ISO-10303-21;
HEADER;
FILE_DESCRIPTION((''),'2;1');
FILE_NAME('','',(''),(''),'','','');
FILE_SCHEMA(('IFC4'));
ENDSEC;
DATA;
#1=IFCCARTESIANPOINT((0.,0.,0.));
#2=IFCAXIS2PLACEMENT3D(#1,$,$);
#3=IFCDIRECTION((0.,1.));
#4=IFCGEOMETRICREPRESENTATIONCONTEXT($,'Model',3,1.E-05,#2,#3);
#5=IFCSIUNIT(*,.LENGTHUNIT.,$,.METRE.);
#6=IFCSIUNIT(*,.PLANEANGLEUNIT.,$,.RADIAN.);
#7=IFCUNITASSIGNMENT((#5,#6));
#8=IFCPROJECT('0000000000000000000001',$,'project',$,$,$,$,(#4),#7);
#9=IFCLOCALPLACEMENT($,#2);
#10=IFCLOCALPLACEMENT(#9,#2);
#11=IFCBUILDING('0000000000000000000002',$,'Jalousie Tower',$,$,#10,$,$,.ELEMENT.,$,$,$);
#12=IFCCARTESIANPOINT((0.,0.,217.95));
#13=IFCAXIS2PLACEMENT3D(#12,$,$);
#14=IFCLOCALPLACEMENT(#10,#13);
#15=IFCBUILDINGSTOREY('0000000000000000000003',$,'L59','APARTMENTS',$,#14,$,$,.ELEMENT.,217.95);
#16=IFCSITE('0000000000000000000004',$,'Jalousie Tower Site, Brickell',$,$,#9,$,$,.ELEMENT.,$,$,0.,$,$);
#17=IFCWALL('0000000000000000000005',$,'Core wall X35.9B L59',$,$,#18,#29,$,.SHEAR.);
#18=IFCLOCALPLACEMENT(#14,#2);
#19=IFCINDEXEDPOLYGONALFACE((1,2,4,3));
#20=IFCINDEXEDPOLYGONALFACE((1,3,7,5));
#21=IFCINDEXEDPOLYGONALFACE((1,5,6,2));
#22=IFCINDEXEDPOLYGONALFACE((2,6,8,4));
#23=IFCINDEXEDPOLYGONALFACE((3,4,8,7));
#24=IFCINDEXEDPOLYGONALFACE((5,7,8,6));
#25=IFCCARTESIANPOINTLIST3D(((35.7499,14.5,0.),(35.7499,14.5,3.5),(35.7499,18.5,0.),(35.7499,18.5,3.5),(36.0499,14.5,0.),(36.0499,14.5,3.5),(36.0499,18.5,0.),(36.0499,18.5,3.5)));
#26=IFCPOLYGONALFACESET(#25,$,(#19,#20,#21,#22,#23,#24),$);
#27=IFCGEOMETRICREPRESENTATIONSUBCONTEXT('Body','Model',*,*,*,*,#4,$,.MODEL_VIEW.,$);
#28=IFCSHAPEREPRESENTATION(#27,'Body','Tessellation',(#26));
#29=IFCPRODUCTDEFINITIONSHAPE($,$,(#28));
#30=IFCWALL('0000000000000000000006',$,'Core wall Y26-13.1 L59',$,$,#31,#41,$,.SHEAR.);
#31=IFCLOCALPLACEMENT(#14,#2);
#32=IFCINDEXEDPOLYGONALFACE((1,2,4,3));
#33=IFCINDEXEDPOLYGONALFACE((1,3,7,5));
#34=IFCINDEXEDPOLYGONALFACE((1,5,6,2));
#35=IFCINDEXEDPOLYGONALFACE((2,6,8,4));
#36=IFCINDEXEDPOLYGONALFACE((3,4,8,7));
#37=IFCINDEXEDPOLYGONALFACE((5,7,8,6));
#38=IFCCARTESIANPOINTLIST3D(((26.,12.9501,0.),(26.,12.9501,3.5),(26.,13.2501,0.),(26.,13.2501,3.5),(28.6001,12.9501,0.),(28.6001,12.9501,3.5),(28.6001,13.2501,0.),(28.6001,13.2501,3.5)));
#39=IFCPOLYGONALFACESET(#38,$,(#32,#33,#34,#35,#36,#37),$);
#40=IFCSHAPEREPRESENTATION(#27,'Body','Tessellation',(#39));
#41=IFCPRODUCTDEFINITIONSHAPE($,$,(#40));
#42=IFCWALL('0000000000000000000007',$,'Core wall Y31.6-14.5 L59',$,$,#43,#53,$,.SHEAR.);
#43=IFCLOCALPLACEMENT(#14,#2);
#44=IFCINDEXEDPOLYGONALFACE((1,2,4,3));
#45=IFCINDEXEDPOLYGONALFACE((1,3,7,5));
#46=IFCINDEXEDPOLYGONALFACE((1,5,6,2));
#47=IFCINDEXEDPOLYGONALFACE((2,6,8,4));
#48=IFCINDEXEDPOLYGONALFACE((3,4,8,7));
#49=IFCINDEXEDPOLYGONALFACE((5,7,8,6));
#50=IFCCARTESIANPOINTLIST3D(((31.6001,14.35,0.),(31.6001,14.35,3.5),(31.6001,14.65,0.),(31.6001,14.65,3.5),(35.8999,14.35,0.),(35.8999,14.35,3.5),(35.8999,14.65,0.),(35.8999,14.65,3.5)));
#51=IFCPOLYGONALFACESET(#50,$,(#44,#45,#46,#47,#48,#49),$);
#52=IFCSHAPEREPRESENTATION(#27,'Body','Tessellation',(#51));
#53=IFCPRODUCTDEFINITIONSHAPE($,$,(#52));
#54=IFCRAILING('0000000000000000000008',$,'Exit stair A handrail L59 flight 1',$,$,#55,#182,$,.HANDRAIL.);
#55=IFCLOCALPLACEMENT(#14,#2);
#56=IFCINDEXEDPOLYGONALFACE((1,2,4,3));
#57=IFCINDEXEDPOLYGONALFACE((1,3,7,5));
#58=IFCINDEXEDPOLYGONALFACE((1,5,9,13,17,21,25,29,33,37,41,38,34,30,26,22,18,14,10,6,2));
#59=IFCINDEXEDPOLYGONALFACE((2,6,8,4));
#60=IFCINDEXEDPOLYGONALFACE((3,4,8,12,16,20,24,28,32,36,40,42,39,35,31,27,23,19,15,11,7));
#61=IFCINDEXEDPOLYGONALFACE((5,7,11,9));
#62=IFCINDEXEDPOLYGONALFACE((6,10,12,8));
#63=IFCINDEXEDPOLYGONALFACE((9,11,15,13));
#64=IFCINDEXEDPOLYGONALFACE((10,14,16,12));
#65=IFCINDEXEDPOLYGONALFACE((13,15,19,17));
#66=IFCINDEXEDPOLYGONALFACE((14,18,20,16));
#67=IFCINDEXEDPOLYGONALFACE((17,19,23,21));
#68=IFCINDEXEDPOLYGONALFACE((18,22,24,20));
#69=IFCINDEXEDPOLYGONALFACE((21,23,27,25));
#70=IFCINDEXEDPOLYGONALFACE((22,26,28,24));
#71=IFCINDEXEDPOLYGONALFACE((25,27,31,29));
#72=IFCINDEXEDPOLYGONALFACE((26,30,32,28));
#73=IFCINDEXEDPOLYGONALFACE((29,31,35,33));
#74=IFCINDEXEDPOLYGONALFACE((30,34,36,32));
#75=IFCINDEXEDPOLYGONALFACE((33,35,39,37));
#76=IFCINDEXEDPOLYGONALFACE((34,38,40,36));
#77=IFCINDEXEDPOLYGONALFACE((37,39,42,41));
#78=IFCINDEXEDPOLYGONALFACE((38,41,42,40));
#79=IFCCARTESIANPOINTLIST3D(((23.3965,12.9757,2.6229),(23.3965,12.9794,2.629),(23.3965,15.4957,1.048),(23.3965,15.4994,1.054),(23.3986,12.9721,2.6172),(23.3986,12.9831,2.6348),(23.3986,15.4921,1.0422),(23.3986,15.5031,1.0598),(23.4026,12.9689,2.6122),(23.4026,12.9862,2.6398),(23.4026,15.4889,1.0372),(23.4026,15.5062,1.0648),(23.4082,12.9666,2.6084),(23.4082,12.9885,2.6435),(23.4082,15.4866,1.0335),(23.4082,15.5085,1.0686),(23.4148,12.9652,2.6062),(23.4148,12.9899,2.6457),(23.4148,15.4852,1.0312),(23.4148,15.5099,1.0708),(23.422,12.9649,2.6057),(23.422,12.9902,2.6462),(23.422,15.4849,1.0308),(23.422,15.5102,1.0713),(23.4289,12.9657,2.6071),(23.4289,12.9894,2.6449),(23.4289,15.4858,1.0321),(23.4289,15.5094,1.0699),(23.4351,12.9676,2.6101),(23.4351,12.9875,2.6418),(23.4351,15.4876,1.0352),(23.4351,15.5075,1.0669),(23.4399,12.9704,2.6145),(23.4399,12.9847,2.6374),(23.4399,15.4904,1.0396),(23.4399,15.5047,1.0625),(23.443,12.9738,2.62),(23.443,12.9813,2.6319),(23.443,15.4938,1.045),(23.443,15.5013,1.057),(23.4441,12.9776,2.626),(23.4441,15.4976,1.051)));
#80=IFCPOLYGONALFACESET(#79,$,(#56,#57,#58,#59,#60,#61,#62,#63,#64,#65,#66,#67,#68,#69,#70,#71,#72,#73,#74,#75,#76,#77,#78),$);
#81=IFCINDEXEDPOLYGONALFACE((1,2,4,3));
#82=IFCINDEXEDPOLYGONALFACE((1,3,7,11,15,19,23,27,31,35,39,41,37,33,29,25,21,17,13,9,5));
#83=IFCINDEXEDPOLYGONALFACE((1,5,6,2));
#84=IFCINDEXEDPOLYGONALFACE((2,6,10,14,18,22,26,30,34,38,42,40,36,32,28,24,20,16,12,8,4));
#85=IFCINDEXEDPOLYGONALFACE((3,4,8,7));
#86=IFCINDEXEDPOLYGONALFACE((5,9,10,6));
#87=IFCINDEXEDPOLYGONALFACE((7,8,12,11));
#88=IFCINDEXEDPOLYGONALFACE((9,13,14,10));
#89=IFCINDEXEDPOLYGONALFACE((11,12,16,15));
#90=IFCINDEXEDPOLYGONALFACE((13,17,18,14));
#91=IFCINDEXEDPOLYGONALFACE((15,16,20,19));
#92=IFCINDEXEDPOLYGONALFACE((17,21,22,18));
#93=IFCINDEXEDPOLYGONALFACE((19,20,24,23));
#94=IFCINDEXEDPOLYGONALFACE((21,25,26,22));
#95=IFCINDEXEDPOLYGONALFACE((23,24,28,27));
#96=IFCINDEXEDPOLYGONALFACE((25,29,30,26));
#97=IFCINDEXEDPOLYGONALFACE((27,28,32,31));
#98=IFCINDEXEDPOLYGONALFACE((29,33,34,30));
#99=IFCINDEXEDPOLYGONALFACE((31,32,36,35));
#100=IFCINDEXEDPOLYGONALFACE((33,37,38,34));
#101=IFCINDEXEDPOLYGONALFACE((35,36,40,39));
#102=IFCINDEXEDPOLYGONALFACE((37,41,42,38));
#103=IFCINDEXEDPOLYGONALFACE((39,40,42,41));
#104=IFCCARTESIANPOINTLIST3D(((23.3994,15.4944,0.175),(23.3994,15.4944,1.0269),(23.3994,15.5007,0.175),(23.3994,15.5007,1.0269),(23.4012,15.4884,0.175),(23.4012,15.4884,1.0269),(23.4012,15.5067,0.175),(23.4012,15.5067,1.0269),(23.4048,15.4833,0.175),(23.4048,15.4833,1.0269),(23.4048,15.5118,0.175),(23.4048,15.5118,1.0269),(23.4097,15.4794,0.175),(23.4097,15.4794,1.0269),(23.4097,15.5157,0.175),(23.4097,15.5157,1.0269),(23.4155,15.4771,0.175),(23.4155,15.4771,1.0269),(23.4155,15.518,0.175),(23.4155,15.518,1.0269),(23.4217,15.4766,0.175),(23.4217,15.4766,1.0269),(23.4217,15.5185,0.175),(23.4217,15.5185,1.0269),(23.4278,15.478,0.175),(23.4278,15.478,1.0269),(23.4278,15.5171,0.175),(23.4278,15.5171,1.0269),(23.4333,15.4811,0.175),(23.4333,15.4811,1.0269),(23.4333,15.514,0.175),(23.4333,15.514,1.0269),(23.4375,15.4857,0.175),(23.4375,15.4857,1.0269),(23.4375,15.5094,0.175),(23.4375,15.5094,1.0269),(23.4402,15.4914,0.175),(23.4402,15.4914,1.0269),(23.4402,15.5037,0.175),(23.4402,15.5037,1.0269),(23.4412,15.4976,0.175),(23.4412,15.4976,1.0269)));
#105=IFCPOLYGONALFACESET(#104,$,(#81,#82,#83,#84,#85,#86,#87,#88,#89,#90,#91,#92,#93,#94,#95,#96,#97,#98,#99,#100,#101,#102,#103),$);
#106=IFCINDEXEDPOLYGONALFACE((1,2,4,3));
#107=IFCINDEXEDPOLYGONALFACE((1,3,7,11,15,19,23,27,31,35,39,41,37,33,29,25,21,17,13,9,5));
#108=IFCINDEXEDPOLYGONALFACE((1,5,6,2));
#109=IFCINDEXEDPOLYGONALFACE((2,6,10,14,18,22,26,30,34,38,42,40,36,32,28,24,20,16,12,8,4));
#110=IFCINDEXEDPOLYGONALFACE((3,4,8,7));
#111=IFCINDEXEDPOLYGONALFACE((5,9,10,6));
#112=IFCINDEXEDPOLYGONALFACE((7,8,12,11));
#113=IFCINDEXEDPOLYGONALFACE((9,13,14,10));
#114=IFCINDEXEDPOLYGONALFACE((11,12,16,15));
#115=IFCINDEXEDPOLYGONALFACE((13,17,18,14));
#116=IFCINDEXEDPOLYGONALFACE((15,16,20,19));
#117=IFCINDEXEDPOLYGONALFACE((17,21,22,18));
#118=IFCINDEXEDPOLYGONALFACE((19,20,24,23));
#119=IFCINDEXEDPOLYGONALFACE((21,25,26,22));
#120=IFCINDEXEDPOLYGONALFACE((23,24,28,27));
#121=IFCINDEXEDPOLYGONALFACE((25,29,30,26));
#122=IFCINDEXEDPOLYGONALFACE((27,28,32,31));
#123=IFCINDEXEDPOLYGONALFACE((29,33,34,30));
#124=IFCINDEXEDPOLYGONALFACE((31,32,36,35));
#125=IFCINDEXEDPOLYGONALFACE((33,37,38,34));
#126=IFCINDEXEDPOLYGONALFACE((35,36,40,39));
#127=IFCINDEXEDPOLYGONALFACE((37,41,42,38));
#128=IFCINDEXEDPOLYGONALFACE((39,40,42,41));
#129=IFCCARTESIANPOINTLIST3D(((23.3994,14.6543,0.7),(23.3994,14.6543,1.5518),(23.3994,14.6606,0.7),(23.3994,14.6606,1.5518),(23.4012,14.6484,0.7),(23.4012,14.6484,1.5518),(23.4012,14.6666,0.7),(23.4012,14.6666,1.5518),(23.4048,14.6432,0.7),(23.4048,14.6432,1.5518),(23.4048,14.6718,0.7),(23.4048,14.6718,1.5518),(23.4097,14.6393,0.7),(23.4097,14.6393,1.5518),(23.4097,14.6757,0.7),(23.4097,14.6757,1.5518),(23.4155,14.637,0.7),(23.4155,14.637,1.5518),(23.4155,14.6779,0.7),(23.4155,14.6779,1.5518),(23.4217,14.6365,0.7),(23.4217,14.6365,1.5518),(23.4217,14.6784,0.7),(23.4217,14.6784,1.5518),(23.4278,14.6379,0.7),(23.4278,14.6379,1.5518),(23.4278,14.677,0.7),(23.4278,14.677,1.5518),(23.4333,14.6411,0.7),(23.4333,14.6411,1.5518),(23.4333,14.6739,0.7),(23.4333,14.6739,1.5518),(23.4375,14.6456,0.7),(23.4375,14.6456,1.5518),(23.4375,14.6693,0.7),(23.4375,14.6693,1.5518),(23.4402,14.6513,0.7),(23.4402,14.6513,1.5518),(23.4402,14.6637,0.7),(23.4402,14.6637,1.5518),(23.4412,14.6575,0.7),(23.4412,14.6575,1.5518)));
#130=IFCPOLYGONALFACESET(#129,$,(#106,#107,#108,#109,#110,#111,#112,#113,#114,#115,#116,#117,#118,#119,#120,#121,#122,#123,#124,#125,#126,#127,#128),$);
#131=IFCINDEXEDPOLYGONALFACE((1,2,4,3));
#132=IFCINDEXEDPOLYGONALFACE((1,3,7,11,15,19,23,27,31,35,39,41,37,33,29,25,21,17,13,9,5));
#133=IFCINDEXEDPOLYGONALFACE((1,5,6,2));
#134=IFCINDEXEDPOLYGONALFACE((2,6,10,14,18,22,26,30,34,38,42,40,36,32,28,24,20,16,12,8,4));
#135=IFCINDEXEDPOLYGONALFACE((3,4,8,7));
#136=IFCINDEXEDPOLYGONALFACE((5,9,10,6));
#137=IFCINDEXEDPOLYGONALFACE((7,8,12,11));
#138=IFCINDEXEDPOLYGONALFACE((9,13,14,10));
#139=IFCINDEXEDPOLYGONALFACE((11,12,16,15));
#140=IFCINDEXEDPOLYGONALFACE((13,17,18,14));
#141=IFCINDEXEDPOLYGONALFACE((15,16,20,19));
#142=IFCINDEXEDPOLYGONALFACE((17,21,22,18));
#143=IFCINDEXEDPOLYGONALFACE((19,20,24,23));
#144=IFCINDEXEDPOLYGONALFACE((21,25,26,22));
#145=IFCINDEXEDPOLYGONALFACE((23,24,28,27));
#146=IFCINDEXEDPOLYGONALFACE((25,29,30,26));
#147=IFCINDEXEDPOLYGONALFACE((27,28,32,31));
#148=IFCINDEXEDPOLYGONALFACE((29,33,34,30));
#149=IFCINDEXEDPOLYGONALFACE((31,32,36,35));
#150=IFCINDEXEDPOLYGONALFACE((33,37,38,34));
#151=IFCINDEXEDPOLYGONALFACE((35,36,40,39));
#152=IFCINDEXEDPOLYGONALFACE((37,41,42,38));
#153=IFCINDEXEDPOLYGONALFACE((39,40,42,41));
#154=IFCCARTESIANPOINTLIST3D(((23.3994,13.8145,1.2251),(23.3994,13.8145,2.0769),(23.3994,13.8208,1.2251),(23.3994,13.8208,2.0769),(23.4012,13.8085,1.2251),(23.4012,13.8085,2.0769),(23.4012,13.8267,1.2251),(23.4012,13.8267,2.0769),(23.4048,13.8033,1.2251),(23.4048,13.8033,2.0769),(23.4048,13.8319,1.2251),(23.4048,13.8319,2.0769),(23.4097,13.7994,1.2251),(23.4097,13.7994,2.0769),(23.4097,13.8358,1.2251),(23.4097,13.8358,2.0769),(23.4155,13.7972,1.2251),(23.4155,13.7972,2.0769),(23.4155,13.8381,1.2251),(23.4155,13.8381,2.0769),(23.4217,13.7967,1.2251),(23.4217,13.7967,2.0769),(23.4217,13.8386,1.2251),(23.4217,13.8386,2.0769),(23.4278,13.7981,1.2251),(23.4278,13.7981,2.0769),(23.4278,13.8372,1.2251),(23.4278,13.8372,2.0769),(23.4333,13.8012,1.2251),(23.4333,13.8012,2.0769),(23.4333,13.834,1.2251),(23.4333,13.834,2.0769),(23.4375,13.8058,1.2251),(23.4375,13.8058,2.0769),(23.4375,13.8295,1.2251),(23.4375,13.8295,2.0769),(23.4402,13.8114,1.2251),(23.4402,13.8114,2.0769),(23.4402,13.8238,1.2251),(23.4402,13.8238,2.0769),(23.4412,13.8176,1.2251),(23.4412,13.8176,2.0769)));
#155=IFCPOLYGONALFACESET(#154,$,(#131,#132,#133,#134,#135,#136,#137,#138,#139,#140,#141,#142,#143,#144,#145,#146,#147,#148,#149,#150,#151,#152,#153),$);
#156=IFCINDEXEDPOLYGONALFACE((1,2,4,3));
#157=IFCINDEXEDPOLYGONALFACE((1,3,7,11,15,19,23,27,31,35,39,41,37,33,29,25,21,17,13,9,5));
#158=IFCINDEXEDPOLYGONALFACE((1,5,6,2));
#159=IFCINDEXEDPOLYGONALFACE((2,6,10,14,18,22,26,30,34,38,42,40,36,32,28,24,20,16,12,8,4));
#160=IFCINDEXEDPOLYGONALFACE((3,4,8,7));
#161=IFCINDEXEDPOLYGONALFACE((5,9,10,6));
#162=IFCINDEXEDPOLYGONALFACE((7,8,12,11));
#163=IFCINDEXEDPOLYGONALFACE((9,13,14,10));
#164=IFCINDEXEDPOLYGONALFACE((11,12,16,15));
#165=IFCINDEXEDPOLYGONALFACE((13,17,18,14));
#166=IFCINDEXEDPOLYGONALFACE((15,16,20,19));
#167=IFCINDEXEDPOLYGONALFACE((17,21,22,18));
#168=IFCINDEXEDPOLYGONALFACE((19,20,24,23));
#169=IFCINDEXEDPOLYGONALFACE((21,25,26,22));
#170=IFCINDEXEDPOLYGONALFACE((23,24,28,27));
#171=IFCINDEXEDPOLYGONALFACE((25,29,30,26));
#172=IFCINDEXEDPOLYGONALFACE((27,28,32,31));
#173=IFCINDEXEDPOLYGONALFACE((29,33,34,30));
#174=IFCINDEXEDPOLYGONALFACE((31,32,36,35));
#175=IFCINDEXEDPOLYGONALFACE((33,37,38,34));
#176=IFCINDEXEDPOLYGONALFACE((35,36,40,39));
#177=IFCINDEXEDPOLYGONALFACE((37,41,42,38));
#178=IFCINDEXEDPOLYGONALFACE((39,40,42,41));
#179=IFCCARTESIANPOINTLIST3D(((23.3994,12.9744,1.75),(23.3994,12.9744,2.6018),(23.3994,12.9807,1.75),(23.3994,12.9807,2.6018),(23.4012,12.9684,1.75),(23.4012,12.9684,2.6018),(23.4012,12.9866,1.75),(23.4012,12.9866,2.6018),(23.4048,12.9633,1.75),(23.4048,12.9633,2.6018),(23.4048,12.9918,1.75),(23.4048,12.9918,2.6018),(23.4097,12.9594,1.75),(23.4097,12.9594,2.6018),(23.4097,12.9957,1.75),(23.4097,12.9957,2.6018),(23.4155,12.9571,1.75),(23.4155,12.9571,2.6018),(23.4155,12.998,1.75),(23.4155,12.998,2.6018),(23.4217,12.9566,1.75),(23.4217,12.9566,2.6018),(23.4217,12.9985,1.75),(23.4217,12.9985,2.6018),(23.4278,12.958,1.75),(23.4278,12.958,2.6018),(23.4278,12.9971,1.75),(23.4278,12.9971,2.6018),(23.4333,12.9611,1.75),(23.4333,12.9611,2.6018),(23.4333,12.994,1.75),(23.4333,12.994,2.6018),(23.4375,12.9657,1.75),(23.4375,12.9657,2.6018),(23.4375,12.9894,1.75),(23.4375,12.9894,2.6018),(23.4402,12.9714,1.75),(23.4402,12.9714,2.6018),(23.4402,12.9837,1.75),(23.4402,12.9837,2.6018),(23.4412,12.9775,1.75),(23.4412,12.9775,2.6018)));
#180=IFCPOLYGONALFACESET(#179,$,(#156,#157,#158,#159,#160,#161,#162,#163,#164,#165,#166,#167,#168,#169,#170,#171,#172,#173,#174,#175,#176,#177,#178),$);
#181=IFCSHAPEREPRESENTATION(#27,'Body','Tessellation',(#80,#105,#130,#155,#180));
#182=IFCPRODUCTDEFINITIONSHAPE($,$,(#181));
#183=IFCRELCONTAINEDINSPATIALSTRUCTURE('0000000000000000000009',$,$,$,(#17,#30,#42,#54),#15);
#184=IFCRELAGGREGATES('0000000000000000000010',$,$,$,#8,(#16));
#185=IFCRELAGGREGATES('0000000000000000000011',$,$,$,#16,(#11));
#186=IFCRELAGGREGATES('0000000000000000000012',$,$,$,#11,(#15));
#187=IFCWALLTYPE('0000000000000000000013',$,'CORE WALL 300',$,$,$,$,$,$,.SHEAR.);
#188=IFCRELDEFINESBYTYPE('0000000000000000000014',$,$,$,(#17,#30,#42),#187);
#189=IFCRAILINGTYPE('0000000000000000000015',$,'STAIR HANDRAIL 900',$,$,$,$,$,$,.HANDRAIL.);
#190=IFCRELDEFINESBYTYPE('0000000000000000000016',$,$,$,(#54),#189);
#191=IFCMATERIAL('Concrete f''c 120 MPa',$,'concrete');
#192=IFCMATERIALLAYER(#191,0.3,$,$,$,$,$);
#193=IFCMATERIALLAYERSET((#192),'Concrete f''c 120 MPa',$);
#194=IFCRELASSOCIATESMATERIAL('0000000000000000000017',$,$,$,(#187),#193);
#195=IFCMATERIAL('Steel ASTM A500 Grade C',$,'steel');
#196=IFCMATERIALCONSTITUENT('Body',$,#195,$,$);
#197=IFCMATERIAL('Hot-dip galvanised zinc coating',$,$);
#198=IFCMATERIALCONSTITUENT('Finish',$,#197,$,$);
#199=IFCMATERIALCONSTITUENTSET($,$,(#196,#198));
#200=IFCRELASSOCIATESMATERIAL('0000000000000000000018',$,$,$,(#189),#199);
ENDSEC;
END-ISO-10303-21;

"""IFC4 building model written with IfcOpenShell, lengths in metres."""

from ifc_helpers import new_model, si_unit, direction, frame, frame_2d, origin, origin_2d, place, context, subcontext, project, spatial, rectangle, circle, extrude, material, layer, layer_set, constituent, constituent_set, type_object, element, save


model = new_model("IFC4")

# Units and contexts
model_context = context("Model", 3, precision=1e-05, world=origin(), true_north=direction((0.0, 1.0)))
body_context = subcontext(model_context, "Body", "Model", "MODEL_VIEW")
ifc_project = project(units=[si_unit("LENGTHUNIT", "METRE"), si_unit("PLANEANGLEUNIT", "RADIAN")], contexts=[model_context])

# Site, building, storey
site_placement = place(None, origin())
site = spatial("IfcSite", under=ifc_project, at=site_placement, Name="Jalousie Tower Site, Brickell", CompositionType="ELEMENT", RefElevation=0.0)
building_placement = place(site_placement, origin())
building = spatial("IfcBuilding", under=site, at=building_placement, Name="Jalousie Tower", CompositionType="ELEMENT")
storey_placement = place(building_placement, frame((0.0, 0.0, 217.95)))
storey = spatial("IfcBuildingStorey", under=building, at=storey_placement, Name="L59", Description="APARTMENTS", CompositionType="ELEMENT", Elevation=217.95)

# Shared definitions
ifc_material_1 = material(Name="Concrete f'c 120 MPa", Category="concrete")
ifc_layer = layer(ifc_material_1, 0.3)
ifc_layer_set = layer_set([ifc_layer], Name="Concrete f'c 120 MPa")
wall_type = type_object("IfcWallType", Name="CORE WALL 300", PredefinedType="SHEAR", material=ifc_layer_set)

# Walls
wall_1_placement = place(storey_placement, frame((35.8999, 14.5, 0.0), z_axis=(0.0, 0.0, 1.0), x_axis=(0.0, 1.0, 0.0)))
element("IfcWall", 1, at=wall_1_placement, inside=storey, type_object=wall_type, Name="Core wall X35.9B L59", PredefinedType="SHEAR", context=body_context, shape_type="SweptSolid", body=[
    extrude(rectangle(XDim=4.0, YDim=0.3, at=frame_2d((2.0, 0.0))), origin(), (0.0, 0.0, 1.0), 3.5),
])
wall_2_placement = place(storey_placement, frame((26.0, 13.1001, 0.0), z_axis=(0.0, 0.0, 1.0), x_axis=(1.0, 0.0, 0.0)))
element("IfcWall", 2, at=wall_2_placement, inside=storey, type_object=wall_type, Name="Core wall Y26-13.1 L59", PredefinedType="SHEAR", context=body_context, shape_type="SweptSolid", body=[
    extrude(rectangle(XDim=2.6001, YDim=0.3, at=frame_2d((1.3, 0.0))), origin(), (0.0, 0.0, 1.0), 3.5),
])
wall_3_placement = place(storey_placement, frame((31.6001, 14.5, 0.0), z_axis=(0.0, 0.0, 1.0), x_axis=(1.0, 0.0, 0.0)))
element("IfcWall", 3, at=wall_3_placement, inside=storey, type_object=wall_type, Name="Core wall Y31.6-14.5 L59", PredefinedType="SHEAR", context=body_context, shape_type="SweptSolid", body=[
    extrude(rectangle(XDim=4.2998, YDim=0.3, at=frame_2d((2.1499, 0.0))), origin(), (0.0, 0.0, 1.0), 3.5),
])

# Railing
ifc_material_2 = material(Name="Steel ASTM A500 Grade C", Category="steel")
ifc_constituent_1 = constituent(ifc_material_2, Name="Body")
ifc_material_3 = material(Name="Hot-dip galvanised zinc coating")
ifc_constituent_2 = constituent(ifc_material_3, Name="Finish")
ifc_constituent_set = constituent_set(constituents=[ifc_constituent_1, ifc_constituent_2])
railing_type = type_object("IfcRailingType", Name="STAIR HANDRAIL 900", PredefinedType="HANDRAIL", material=ifc_constituent_set)
railing_placement = place(storey_placement, frame((23.4202, 15.4976, 0.175)))
element("IfcRailing", 4, at=railing_placement, inside=storey, type_object=railing_type, Name="Exit stair A handrail L59 flight 1", PredefinedType="HANDRAIL", context=body_context, shape_type="SweptSolid", body=[
    extrude(circle(Radius=0.0239, at=origin_2d()), frame((0.0, 0.0, 0.876), z_axis=(0.0, -0.848008, 0.529984), x_axis=(1.0, 0.0, 0.0)), (0.0, 0.0, 1.0), 2.9717),
    extrude(circle(Radius=0.021, at=origin_2d()), origin(), (0.0, 0.0, 1.0), 0.8518),
    extrude(circle(Radius=0.021, at=origin_2d()), frame((0.0, -0.8401, 0.5249)), (0.0, 0.0, 1.0), 0.8518),
    extrude(circle(Radius=0.021, at=origin_2d()), frame((0.0, -1.6799, 1.05)), (0.0, 0.0, 1.0), 0.8518),
    extrude(circle(Radius=0.021, at=origin_2d()), frame((0.0, -2.52, 1.575)), (0.0, 0.0, 1.0), 0.8518),
])

save(model, "model.ifc")
